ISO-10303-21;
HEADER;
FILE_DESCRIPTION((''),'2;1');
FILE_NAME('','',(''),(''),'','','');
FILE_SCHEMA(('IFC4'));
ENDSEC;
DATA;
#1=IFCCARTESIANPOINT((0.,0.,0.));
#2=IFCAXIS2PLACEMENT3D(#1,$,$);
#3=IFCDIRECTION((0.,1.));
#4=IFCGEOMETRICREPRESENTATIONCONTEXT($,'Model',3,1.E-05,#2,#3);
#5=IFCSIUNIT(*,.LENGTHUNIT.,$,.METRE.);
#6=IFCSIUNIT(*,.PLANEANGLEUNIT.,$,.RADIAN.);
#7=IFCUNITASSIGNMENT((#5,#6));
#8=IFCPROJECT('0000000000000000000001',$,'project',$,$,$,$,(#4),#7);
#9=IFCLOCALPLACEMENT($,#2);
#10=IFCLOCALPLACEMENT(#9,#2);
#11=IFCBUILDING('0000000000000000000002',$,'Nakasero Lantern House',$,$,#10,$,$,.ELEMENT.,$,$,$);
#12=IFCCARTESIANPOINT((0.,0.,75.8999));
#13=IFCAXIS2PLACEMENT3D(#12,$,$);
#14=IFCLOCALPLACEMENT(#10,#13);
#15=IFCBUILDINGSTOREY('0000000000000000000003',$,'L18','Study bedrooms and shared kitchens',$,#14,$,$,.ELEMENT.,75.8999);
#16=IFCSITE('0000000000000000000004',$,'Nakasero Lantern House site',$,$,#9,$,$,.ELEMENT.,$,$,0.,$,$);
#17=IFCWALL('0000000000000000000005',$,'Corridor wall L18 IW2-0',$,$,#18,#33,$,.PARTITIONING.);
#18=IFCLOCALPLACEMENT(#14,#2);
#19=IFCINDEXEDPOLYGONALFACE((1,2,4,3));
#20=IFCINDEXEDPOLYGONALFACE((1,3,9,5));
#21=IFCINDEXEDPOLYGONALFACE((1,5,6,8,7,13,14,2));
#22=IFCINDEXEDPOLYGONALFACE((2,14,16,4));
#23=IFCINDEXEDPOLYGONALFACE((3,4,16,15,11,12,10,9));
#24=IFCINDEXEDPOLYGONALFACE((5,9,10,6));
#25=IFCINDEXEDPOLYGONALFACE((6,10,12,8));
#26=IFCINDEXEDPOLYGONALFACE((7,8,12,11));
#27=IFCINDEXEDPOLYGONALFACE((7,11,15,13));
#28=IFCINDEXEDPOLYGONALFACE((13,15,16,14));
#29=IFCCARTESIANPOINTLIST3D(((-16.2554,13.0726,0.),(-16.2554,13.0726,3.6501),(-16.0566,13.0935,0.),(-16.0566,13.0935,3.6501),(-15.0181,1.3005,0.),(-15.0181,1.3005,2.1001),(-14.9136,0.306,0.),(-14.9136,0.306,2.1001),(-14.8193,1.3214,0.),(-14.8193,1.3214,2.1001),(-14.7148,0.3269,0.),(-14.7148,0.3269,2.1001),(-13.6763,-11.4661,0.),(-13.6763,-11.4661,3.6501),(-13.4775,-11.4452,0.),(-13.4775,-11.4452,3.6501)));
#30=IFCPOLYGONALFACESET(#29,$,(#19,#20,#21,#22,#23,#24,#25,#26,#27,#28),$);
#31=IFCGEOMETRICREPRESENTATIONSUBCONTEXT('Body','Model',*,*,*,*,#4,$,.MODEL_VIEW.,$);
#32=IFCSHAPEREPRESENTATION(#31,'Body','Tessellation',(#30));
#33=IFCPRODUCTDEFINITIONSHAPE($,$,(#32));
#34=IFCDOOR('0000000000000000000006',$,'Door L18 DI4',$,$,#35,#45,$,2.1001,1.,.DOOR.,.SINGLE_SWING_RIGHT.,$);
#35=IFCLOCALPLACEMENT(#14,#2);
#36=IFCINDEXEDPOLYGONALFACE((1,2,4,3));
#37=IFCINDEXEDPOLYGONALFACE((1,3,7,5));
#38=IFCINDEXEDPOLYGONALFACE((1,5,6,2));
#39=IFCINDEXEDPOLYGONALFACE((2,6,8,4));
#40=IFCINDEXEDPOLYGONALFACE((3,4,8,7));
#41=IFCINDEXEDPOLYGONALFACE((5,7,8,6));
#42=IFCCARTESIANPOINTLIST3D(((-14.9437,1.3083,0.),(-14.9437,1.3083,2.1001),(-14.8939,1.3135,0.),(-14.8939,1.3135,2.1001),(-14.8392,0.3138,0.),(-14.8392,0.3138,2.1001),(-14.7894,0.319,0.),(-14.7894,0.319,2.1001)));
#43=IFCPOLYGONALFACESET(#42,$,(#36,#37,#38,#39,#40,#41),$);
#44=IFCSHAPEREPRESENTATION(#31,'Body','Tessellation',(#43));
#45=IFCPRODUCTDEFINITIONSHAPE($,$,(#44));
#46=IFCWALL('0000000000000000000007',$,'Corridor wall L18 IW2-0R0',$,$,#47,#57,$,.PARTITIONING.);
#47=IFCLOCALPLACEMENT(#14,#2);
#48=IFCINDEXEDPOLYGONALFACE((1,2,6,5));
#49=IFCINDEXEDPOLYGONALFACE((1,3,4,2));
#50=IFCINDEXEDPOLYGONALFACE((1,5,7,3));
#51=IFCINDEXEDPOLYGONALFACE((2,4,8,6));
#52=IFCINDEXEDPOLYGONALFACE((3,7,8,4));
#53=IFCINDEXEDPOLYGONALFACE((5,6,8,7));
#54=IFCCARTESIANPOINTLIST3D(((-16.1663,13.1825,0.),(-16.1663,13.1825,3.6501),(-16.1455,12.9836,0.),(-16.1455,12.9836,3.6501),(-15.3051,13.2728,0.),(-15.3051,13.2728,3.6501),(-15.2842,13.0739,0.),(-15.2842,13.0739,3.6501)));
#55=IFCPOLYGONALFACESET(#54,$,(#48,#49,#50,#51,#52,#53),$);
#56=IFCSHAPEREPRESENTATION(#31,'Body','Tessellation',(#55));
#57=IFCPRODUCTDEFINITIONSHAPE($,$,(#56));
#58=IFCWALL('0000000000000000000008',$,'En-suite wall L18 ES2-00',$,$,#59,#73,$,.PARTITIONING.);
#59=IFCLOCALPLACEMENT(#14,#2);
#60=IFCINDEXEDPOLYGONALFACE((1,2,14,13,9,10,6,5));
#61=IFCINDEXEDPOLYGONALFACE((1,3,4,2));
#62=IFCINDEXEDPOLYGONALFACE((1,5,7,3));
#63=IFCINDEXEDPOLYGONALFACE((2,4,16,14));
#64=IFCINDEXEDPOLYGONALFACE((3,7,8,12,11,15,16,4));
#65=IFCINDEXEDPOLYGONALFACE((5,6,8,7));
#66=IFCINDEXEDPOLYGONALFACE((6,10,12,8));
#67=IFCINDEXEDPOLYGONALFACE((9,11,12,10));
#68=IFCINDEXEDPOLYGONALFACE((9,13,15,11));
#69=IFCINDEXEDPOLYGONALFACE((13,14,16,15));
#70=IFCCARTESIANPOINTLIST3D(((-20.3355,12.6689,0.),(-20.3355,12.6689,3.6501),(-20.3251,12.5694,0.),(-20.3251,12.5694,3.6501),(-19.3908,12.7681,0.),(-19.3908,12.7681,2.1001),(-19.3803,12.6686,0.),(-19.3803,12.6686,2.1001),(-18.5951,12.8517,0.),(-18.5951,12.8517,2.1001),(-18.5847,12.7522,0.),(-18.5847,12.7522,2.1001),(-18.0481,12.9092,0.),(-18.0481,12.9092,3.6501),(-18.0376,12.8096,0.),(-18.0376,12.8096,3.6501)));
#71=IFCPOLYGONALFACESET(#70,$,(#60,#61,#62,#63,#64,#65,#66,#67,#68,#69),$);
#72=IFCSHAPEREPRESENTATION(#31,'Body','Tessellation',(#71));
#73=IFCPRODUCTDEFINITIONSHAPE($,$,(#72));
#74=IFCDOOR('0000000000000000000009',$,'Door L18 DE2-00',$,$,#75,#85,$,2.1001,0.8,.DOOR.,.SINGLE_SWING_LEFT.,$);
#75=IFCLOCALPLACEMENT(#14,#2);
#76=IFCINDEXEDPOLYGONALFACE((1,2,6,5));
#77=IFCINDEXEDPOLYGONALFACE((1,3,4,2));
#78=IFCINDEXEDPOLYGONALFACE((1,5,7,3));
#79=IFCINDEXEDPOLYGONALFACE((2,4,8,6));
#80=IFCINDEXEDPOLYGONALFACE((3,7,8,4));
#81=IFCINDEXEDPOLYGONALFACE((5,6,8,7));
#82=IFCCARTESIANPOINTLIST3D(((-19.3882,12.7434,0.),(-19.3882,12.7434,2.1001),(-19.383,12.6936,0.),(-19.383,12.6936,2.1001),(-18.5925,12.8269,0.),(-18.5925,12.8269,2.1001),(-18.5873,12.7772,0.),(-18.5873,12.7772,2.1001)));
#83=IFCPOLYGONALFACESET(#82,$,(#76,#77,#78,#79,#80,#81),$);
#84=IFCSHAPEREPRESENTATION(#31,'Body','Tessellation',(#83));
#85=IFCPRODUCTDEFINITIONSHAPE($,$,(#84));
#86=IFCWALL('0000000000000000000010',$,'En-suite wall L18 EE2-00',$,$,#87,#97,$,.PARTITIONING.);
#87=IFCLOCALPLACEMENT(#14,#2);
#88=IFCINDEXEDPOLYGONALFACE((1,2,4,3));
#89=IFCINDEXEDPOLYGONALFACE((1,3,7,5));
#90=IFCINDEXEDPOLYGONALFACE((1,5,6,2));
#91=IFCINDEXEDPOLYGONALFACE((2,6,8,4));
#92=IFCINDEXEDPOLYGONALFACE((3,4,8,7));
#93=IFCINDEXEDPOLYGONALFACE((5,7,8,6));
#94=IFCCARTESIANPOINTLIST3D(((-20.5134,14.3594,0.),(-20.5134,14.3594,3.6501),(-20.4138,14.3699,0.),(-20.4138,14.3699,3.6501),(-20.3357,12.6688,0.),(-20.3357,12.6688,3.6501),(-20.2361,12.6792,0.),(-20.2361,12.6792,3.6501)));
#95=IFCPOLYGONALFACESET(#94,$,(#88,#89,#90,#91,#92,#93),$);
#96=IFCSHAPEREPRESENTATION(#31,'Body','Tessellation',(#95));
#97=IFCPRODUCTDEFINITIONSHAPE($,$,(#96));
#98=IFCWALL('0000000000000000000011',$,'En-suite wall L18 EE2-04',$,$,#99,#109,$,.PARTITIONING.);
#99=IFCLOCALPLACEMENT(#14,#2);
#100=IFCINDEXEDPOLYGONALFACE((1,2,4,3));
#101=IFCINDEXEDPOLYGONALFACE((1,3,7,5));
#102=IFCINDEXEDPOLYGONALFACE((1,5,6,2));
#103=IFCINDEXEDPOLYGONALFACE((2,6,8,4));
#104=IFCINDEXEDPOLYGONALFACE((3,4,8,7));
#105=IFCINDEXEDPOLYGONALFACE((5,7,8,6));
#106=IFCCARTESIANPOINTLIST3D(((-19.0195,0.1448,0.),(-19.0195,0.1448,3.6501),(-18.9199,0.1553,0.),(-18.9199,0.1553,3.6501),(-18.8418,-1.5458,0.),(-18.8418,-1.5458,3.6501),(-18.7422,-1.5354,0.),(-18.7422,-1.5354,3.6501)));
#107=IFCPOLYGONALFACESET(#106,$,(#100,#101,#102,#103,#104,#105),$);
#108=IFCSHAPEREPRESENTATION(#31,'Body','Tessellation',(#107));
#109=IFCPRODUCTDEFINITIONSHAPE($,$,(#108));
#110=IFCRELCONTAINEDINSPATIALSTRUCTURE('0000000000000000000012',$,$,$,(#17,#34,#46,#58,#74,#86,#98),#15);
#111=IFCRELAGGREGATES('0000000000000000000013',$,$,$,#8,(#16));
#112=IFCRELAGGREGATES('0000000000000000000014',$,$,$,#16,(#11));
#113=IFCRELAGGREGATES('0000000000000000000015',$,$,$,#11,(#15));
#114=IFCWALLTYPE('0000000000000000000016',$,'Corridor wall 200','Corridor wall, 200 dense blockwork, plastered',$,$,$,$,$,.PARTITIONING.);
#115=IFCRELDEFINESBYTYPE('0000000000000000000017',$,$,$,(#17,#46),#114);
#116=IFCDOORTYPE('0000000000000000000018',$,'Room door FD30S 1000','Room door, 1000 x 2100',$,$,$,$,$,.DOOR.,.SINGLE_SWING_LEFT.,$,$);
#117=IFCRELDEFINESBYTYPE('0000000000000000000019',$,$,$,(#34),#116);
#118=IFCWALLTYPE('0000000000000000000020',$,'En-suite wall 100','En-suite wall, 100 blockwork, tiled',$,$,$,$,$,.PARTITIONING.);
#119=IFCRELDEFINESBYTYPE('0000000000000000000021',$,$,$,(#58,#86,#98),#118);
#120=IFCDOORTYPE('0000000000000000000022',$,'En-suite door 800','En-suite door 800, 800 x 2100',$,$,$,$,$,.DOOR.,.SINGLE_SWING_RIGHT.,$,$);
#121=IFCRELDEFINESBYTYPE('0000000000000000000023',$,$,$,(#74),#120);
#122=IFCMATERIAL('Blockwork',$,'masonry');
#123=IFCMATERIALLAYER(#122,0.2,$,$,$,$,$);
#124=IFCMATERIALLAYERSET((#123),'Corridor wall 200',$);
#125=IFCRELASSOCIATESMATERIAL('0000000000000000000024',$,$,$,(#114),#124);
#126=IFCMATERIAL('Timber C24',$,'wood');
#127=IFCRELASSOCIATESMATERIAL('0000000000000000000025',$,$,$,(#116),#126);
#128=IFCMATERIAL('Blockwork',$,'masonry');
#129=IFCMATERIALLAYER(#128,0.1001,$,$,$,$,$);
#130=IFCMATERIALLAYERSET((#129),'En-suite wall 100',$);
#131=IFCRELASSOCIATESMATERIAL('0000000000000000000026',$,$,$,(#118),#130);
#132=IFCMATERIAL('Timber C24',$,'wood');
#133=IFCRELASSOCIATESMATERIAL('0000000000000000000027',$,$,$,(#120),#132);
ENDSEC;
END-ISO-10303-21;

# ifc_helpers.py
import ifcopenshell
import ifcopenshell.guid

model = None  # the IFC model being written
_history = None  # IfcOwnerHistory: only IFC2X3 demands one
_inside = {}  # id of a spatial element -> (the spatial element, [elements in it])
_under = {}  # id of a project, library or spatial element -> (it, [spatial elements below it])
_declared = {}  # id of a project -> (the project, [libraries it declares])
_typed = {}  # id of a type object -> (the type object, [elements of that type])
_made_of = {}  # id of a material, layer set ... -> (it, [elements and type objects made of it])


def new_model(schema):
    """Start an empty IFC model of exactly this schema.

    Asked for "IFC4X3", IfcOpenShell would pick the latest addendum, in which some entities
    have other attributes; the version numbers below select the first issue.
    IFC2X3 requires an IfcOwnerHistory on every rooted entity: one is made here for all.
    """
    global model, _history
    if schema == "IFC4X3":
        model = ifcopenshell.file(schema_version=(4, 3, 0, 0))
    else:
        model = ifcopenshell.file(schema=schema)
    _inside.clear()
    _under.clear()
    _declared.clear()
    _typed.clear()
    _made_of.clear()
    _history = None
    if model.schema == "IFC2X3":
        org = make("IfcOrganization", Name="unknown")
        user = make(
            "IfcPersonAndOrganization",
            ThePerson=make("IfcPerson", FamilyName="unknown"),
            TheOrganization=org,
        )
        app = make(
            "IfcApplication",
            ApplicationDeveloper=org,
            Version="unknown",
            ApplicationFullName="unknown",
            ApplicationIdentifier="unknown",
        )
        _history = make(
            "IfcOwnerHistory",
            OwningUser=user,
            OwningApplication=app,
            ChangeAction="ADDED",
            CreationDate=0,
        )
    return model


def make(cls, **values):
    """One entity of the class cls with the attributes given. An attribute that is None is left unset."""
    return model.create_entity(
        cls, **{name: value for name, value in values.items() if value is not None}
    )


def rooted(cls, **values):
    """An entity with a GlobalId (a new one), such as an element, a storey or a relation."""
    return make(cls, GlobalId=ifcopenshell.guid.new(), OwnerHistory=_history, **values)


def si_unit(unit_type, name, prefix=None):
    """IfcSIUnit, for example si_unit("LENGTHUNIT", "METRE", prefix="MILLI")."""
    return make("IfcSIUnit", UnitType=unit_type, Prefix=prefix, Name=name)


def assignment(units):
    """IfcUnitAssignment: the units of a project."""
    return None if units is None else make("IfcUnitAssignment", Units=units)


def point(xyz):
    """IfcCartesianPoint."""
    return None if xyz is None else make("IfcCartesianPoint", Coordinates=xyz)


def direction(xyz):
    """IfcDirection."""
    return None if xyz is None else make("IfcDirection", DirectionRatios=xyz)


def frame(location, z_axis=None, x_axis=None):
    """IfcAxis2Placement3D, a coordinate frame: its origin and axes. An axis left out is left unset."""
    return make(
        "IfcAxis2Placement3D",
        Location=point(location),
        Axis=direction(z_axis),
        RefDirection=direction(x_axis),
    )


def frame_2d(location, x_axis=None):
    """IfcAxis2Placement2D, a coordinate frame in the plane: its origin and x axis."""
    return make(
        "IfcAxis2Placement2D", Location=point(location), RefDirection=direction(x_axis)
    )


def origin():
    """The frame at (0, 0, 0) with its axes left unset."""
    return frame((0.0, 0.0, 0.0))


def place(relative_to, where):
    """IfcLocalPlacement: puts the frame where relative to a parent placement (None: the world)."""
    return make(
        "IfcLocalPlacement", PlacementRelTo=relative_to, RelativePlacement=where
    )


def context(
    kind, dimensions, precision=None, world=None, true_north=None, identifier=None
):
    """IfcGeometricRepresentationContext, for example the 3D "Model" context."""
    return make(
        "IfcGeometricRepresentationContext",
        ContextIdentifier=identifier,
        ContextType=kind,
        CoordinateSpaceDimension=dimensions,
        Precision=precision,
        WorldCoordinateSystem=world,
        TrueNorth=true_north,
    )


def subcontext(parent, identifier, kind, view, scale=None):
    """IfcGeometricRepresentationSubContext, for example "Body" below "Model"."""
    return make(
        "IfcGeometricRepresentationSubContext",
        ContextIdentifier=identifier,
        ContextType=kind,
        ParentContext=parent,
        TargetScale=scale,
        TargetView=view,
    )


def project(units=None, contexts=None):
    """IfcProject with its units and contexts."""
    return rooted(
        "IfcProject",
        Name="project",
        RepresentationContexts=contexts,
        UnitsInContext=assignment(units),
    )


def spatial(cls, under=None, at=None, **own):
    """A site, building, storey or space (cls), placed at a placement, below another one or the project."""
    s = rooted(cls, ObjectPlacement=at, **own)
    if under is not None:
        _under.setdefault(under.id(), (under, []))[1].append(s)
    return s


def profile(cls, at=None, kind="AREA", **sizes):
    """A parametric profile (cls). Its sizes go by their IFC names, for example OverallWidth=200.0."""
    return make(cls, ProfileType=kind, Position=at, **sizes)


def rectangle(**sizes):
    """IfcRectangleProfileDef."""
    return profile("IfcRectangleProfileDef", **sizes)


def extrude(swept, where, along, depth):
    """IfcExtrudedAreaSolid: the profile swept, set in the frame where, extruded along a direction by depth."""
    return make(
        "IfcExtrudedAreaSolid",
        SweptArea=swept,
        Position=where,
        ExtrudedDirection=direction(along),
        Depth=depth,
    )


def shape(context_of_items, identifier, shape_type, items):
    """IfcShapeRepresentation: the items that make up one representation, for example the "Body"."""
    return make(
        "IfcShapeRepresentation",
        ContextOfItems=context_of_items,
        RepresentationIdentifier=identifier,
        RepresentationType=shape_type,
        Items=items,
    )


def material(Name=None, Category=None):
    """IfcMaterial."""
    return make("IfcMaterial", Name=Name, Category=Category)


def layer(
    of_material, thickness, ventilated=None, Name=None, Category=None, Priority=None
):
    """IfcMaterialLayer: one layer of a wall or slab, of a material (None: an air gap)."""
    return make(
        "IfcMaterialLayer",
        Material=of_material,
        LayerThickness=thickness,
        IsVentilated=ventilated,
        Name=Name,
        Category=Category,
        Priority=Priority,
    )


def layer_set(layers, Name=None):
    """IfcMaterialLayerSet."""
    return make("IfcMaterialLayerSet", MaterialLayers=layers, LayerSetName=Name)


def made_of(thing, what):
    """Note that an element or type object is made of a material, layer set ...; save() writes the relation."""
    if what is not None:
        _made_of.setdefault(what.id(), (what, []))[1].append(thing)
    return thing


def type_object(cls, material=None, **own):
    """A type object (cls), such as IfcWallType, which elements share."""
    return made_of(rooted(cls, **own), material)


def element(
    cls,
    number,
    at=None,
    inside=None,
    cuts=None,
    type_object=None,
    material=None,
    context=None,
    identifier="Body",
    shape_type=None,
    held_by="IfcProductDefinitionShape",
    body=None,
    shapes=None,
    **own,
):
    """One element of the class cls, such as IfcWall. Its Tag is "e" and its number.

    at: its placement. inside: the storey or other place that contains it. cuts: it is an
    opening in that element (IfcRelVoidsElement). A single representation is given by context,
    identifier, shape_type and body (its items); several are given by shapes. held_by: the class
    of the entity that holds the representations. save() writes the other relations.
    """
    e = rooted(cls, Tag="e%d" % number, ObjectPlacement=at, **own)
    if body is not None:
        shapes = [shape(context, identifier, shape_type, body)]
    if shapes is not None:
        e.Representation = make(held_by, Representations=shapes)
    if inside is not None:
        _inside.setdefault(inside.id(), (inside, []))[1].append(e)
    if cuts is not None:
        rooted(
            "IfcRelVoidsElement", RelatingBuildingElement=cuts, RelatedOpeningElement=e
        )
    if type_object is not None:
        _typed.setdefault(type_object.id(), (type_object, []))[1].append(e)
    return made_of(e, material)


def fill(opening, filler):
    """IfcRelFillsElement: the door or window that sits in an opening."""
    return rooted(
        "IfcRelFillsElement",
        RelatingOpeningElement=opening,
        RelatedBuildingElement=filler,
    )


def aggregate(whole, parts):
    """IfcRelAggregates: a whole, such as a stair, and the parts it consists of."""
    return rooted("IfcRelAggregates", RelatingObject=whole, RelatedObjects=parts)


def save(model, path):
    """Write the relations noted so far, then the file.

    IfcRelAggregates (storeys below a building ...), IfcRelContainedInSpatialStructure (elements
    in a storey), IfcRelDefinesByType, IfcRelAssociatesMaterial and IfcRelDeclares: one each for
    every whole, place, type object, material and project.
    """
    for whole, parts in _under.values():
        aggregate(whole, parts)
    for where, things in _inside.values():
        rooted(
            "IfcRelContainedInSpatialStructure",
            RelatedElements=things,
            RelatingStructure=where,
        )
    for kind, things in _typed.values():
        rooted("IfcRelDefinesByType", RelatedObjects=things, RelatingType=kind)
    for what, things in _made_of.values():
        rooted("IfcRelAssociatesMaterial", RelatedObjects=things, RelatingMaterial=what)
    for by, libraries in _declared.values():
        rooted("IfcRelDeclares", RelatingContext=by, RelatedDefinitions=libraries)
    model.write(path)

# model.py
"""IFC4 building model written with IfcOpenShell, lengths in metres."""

from ifc_helpers import new_model, si_unit, direction, frame, frame_2d, origin, place, context, subcontext, project, spatial, rectangle, extrude, material, layer, layer_set, type_object, element, fill, save


model = new_model("IFC4")

# Units and contexts
model_context = context("Model", 3, precision=1e-05, world=origin(), true_north=direction((0.0, 1.0)))
body_context = subcontext(model_context, "Body", "Model", "MODEL_VIEW")
ifc_project = project(units=[si_unit("LENGTHUNIT", "METRE"), si_unit("PLANEANGLEUNIT", "RADIAN")], contexts=[model_context])

# Site, building, storey
site_placement = place(None, origin())
site = spatial("IfcSite", under=ifc_project, at=site_placement, Name="Nakasero Lantern House site", CompositionType="ELEMENT", RefElevation=0.0)
building_placement = place(site_placement, origin())
building = spatial("IfcBuilding", under=site, at=building_placement, Name="Nakasero Lantern House", CompositionType="ELEMENT")
storey_placement = place(building_placement, frame((0.0, 0.0, 75.8999)))
storey = spatial("IfcBuildingStorey", under=building, at=storey_placement, Name="L18", Description="Study bedrooms and shared kitchens", CompositionType="ELEMENT", Elevation=75.8999)

# Wall, opening, door
ifc_material_1 = material(Name="Blockwork", Category="masonry")
ifc_layer_1 = layer(ifc_material_1, 0.2)
ifc_layer_set_1 = layer_set([ifc_layer_1], Name="Corridor wall 200")
wall_type_1 = type_object("IfcWallType", Name="Corridor wall 200", Description="Corridor wall, 200 dense blockwork, plastered", PredefinedType="PARTITIONING", material=ifc_layer_set_1)
wall_1_placement = place(storey_placement, frame((-16.156, 13.083, 0.0), z_axis=(0.0, 0.0, 1.0), x_axis=(0.104528, -0.994522, 0.0)))
wall_1 = element("IfcWall", 1, at=wall_1_placement, inside=storey, type_object=wall_type_1, Name="Corridor wall L18 IW2-0", PredefinedType="PARTITIONING", context=body_context, shape_type="SweptSolid", body=[
    extrude(rectangle(XDim=24.6738, YDim=0.2, at=frame_2d((12.3369, 0.0))), origin(), (0.0, 0.0, 1.0), 3.6501),
])
opening_1_placement = place(wall_1_placement, frame((11.8369, 0.0, 0.0)))
opening_1 = element("IfcOpeningElement", 2, at=opening_1_placement, cuts=wall_1, PredefinedType="OPENING", context=body_context, shape_type="SweptSolid", body=[
    extrude(rectangle(XDim=1.0, YDim=2.1001, at=frame_2d((0.5, 1.05))), frame((0.0, 0.1199, 0.0), z_axis=(0.0, -1.0, 0.0), x_axis=(1.0, 0.0, 0.0)), (0.0, 0.0, 1.0), 0.24),
])
ifc_material_2 = material(Name="Timber C24", Category="wood")
door_type_1 = type_object("IfcDoorType", Name="Room door FD30S 1000", Description="Room door, 1000 x 2100", OperationType="SINGLE_SWING_LEFT", PredefinedType="DOOR", material=ifc_material_2)
door_1_placement = place(opening_1_placement, origin())
door_1 = element("IfcDoor", 3, at=door_1_placement, inside=storey, type_object=door_type_1, Name="Door L18 DI4", OperationType="SINGLE_SWING_RIGHT", OverallHeight=2.1001, OverallWidth=1.0, PredefinedType="DOOR", context=body_context, shape_type="SweptSolid", body=[
    extrude(rectangle(XDim=1.0, YDim=2.1001, at=frame_2d((0.5, 1.05))), frame((0.0, 0.0249, 0.0), z_axis=(0.0, -1.0, 0.0), x_axis=(1.0, 0.0, 0.0)), (0.0, 0.0, 1.0), 0.05),
])
fill(opening_1, door_1)

# Wall
wall_2_placement = place(storey_placement, frame((-16.156, 13.083, 0.0), z_axis=(0.0, 0.0, 1.0), x_axis=(0.994546, 0.104303, 0.0)))
element("IfcWall", 4, at=wall_2_placement, inside=storey, type_object=wall_type_1, Name="Corridor wall L18 IW2-0R0", PredefinedType="PARTITIONING", context=body_context, shape_type="SweptSolid", body=[
    extrude(rectangle(XDim=0.866, YDim=0.2, at=frame_2d((0.4331, 0.0))), origin(), (0.0, 0.0, 1.0), 3.6501),
])

# Wall, opening, door
ifc_material_3 = material(Name="Blockwork", Category="masonry")
ifc_layer_2 = layer(ifc_material_3, 0.1001)
ifc_layer_set_2 = layer_set([ifc_layer_2], Name="En-suite wall 100")
wall_type_2 = type_object("IfcWallType", Name="En-suite wall 100", Description="En-suite wall, 100 blockwork, tiled", PredefinedType="PARTITIONING", material=ifc_layer_set_2)
wall_3_placement = place(storey_placement, frame((-18.043, 12.8594, 0.0), z_axis=(0.0, 0.0, 1.0), x_axis=(-0.99453, -0.104453, 0.0)))
wall_3 = element("IfcWall", 5, at=wall_3_placement, inside=storey, type_object=wall_type_2, Name="En-suite wall L18 ES2-00", PredefinedType="PARTITIONING", context=body_context, shape_type="SweptSolid", body=[
    extrude(rectangle(XDim=2.3, YDim=0.1001, at=frame_2d((1.1499, 0.0))), origin(), (0.0, 0.0, 1.0), 3.6501),
])
opening_2_placement = place(wall_3_placement, frame((0.55, 0.0, 0.0)))
opening_2 = element("IfcOpeningElement", 6, at=opening_2_placement, cuts=wall_3, PredefinedType="OPENING", context=body_context, shape_type="SweptSolid", body=[
    extrude(rectangle(XDim=0.8, YDim=2.1001, at=frame_2d((0.3999, 1.05))), frame((0.0, 0.0701, 0.0), z_axis=(0.0, -1.0, 0.0), x_axis=(1.0, 0.0, 0.0)), (0.0, 0.0, 1.0), 0.1401),
])
ifc_material_4 = material(Name="Timber C24", Category="wood")
door_type_2 = type_object("IfcDoorType", Name="En-suite door 800", Description="En-suite door 800, 800 x 2100", OperationType="SINGLE_SWING_RIGHT", PredefinedType="DOOR", material=ifc_material_4)
door_2_placement = place(opening_2_placement, origin())
door_2 = element("IfcDoor", 7, at=door_2_placement, inside=storey, type_object=door_type_2, Name="Door L18 DE2-00", OperationType="SINGLE_SWING_LEFT", OverallHeight=2.1001, OverallWidth=0.8, PredefinedType="DOOR", context=body_context, shape_type="SweptSolid", body=[
    extrude(rectangle(XDim=0.8, YDim=2.1001, at=frame_2d((0.3999, 1.05))), frame((0.0, 0.0249, 0.0), z_axis=(0.0, -1.0, 0.0), x_axis=(1.0, 0.0, 0.0)), (0.0, 0.0, 1.0), 0.05),
])
fill(opening_2, door_2)

# Walls
for number, where, z_axis, x_axis, name in (
    (8, (-20.4636, 14.3647, 0.0), (0.0, 0.0, 1.0), (0.10455, -0.99452, 0.0), "En-suite wall L18 EE2-00"),
    (9, (-18.9697, 0.1501, 0.0), (0.0, 0.0, 1.0), (0.10455, -0.99452, 0.0), "En-suite wall L18 EE2-04"),
):
    element("IfcWall", number, at=place(storey_placement, frame(where, z_axis=z_axis, x_axis=x_axis)), inside=storey, type_object=wall_type_2, Name=name, PredefinedType="PARTITIONING", context=body_context, shape_type="SweptSolid", body=[
        extrude(rectangle(XDim=1.7, YDim=0.1001, at=frame_2d((0.8501, 0.0))), origin(), (0.0, 0.0, 1.0), 3.6501),
    ])

save(model, "model.ifc")
